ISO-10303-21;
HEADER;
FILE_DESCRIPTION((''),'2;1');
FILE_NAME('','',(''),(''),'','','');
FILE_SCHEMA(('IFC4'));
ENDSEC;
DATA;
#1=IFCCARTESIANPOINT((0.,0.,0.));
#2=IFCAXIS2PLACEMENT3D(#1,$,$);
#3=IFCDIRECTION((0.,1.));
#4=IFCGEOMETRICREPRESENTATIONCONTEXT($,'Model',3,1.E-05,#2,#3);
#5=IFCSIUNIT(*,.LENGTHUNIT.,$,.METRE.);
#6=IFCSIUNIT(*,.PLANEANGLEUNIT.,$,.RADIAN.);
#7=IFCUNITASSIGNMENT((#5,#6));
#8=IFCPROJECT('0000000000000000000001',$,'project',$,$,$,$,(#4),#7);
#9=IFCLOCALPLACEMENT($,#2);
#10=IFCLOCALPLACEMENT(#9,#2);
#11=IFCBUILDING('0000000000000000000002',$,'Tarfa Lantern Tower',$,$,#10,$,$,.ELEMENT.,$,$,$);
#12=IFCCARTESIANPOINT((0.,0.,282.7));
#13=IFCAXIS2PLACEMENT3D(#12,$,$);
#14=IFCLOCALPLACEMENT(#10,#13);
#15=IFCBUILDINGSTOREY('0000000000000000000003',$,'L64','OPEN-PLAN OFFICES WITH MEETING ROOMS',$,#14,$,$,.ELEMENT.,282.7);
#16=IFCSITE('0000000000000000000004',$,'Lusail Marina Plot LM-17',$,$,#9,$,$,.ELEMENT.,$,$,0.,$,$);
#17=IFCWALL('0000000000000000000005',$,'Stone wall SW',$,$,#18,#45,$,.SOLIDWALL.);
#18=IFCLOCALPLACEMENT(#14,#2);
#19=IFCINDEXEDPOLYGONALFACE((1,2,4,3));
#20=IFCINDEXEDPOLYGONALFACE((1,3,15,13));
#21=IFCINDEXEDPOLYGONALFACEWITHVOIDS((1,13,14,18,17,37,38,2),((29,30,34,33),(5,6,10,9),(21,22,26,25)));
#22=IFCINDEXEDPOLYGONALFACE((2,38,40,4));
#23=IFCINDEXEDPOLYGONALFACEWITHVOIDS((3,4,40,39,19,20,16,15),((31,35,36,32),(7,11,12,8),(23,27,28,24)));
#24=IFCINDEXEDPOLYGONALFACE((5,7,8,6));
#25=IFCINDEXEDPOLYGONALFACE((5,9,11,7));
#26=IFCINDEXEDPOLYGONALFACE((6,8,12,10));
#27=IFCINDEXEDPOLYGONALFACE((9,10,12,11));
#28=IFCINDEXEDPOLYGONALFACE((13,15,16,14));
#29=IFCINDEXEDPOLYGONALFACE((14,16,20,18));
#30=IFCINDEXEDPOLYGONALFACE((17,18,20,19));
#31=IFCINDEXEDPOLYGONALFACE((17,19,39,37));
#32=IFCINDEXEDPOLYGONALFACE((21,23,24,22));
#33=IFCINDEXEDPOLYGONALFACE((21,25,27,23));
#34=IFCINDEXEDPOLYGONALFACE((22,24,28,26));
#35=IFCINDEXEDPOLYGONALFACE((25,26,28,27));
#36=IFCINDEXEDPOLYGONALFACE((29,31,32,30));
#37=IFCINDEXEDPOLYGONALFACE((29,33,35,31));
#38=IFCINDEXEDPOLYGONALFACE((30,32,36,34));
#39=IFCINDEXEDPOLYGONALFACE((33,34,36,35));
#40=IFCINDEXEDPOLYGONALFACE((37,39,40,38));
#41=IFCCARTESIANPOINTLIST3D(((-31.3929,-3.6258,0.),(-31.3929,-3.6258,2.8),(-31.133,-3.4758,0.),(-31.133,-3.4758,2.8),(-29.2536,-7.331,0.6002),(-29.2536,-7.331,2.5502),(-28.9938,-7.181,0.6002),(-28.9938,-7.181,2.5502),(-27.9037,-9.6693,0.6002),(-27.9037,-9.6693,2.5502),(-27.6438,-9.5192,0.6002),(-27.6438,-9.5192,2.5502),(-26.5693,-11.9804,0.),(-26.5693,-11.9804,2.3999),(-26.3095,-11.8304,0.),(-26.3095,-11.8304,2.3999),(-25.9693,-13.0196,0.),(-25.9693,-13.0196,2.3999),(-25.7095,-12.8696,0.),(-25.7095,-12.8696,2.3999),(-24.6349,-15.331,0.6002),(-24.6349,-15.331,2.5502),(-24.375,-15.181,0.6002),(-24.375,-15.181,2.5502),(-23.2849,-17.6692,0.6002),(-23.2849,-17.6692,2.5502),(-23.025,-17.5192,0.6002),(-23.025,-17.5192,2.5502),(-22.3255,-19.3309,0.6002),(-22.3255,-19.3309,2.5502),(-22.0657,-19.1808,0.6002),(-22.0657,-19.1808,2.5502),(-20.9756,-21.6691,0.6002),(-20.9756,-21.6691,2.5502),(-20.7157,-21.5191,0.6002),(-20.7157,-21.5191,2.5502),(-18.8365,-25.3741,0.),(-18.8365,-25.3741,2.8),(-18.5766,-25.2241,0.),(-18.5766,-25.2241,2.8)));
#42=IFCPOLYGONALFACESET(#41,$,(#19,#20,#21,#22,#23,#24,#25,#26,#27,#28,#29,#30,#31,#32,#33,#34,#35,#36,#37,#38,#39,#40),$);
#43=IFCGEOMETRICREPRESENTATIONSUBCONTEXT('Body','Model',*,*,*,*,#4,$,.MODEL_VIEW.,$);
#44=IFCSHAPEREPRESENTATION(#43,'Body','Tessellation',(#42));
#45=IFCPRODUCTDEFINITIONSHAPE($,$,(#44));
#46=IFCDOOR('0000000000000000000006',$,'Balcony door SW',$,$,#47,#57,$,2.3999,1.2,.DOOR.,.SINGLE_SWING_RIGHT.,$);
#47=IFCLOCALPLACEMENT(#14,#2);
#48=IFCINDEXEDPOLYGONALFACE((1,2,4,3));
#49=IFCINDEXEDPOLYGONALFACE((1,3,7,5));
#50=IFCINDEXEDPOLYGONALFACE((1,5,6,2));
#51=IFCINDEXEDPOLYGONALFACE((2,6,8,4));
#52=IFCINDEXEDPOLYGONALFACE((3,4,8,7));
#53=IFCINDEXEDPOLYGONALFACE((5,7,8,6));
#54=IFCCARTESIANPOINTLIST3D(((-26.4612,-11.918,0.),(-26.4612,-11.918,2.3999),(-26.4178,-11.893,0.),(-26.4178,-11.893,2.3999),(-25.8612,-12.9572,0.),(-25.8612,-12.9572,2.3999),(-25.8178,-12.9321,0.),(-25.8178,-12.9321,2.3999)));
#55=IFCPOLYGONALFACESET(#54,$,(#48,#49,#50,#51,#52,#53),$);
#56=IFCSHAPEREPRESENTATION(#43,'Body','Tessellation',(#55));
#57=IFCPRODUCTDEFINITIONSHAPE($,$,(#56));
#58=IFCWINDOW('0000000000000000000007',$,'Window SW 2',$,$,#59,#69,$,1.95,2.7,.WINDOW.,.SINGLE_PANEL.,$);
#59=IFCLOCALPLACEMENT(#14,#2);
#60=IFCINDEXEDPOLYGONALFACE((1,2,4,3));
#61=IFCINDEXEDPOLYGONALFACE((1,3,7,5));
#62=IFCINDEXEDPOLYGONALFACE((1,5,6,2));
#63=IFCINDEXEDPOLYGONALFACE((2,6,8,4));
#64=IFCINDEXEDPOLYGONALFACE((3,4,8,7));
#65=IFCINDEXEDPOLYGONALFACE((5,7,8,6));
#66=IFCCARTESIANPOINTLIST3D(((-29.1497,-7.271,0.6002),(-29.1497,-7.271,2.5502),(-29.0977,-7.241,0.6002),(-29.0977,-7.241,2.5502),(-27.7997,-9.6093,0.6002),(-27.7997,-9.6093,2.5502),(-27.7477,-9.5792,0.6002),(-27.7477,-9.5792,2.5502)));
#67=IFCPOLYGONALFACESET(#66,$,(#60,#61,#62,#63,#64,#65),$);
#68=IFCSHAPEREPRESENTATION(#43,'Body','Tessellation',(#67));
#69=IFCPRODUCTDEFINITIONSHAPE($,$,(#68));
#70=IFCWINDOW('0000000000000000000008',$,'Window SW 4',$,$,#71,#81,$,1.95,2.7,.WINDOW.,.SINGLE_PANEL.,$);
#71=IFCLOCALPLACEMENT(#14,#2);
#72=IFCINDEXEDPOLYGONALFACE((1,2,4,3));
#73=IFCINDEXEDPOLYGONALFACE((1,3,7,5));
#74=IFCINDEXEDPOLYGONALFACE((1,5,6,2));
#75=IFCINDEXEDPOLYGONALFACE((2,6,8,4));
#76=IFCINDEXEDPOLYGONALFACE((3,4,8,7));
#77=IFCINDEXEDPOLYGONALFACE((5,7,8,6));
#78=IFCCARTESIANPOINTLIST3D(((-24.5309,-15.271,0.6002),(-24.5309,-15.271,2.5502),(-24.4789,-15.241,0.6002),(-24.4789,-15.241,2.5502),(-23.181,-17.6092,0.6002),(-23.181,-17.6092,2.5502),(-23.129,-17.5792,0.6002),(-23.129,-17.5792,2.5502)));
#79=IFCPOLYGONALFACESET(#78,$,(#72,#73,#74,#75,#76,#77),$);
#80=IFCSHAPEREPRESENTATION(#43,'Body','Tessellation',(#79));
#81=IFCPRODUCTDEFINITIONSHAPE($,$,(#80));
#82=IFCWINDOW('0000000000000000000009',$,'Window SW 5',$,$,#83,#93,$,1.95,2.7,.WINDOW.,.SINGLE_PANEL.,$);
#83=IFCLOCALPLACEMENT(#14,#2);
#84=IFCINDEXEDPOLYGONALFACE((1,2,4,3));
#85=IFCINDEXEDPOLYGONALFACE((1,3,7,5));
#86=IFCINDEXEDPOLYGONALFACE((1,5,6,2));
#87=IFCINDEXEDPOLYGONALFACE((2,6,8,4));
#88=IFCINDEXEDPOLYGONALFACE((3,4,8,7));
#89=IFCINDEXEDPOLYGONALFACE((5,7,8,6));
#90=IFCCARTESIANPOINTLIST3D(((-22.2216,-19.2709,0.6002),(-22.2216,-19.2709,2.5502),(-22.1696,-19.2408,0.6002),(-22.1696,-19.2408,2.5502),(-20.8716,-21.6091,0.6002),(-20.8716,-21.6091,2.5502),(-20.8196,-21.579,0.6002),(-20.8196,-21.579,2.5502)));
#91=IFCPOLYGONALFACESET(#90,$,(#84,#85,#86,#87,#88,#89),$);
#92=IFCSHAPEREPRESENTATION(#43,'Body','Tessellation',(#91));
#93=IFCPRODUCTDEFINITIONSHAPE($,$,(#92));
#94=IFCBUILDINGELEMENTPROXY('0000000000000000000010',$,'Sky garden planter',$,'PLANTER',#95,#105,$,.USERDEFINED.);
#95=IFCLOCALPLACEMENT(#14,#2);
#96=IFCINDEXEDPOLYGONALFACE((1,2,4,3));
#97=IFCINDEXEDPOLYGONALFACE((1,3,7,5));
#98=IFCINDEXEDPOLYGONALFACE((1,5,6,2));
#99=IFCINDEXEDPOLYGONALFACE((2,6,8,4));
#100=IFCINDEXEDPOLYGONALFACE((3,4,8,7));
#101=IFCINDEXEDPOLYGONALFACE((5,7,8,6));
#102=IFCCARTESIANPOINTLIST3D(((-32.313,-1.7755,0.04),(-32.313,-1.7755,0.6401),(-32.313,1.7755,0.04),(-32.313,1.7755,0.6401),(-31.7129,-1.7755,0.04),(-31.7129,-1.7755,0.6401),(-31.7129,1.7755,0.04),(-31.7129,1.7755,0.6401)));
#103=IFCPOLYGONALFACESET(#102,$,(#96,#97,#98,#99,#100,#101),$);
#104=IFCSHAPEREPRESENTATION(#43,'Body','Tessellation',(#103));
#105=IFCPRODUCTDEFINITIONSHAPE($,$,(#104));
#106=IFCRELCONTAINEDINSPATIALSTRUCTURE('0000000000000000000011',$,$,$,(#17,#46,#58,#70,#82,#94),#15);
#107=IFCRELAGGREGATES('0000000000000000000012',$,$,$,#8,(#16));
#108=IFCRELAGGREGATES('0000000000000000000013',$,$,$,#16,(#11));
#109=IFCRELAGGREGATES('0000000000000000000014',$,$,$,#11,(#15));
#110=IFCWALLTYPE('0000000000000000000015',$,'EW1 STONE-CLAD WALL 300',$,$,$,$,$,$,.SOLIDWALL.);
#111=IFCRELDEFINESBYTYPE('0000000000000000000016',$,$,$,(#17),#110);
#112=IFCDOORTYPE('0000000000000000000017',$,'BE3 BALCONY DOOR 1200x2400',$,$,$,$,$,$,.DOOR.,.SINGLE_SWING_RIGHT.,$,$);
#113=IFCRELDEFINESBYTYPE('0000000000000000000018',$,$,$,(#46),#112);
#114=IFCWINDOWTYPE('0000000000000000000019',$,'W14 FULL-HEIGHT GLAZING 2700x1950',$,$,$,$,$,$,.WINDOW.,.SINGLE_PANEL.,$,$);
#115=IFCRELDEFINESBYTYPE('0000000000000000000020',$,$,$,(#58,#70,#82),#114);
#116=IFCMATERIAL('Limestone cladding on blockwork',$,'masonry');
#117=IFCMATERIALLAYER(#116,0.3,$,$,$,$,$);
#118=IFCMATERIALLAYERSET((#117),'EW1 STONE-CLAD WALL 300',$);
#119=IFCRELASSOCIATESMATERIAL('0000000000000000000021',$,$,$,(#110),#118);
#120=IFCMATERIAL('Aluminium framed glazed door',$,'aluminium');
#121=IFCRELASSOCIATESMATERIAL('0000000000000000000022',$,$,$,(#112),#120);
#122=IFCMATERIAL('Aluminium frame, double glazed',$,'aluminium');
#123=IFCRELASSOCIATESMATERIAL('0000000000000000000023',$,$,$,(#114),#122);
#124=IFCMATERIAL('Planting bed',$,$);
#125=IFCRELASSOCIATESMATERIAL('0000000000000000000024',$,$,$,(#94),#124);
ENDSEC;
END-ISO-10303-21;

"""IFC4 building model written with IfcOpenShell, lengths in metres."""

from ifc_helpers import new_model, si_unit, direction, frame, frame_2d, origin, origin_2d, place, context, subcontext, project, spatial, rectangle, extrude, material, layer, layer_set, type_object, element, fill, save


model = new_model("IFC4")

# Units and contexts
model_context = context("Model", 3, precision=1e-05, world=origin(), true_north=direction((0.0, 1.0)))
body_context = subcontext(model_context, "Body", "Model", "MODEL_VIEW")
ifc_project = project(units=[si_unit("LENGTHUNIT", "METRE"), si_unit("PLANEANGLEUNIT", "RADIAN")], contexts=[model_context])

# Site, building, storey
site_placement = place(None, origin())
site = spatial("IfcSite", under=ifc_project, at=site_placement, Name="Lusail Marina Plot LM-17", CompositionType="ELEMENT", RefElevation=0.0)
building_placement = place(site_placement, origin())
building = spatial("IfcBuilding", under=site, at=building_placement, Name="Tarfa Lantern Tower", CompositionType="ELEMENT")
storey_placement = place(building_placement, frame((0.0, 0.0, 282.7)))
storey = spatial("IfcBuildingStorey", under=building, at=storey_placement, Name="L64", Description="OPEN-PLAN OFFICES WITH MEETING ROOMS", CompositionType="ELEMENT", Elevation=282.7)

# Wall, openings, door, windows
ifc_material_1 = material(Name="Limestone cladding on blockwork", Category="masonry")
ifc_layer_1 = layer(ifc_material_1, 0.3)
ifc_layer_set_1 = layer_set([ifc_layer_1], Name="EW1 STONE-CLAD WALL 300")
wall_type = type_object("IfcWallType", Name="EW1 STONE-CLAD WALL 300", PredefinedType="SOLIDWALL", material=ifc_layer_set_1)
wall_placement = place(storey_placement, frame((-31.2629, -3.5508, 0.0), z_axis=(0.0, 0.0, 1.0), x_axis=(0.5, -0.866025, 0.0)))
wall = element("IfcWall", 1, at=wall_placement, inside=storey, type_object=wall_type, Name="Stone wall SW", PredefinedType="SOLIDWALL", context=body_context, shape_type="SweptSolid", body=[
    extrude(rectangle(XDim=25.1128, YDim=0.3, at=frame_2d((12.5564, 0.0))), origin(), (0.0, 0.0, 1.0), 2.8),
])
opening_1_placement = place(wall_placement, frame((4.2783, 0.0, 0.6001)))
opening_1 = element("IfcOpeningElement", 2, at=opening_1_placement, cuts=wall, PredefinedType="OPENING", context=body_context, shape_type="SweptSolid", body=[
    extrude(rectangle(XDim=2.7, YDim=1.95, at=frame_2d((1.3501, 0.9751))), frame((0.0, 0.1599, 0.0), z_axis=(0.0, -1.0, 0.0), x_axis=(1.0, 0.0, 0.0)), (0.0, 0.0, 1.0), 0.3201),
])
opening_2_placement = place(wall_placement, frame((9.647, 0.0, 0.0)))
opening_2 = element("IfcOpeningElement", 3, at=opening_2_placement, cuts=wall, PredefinedType="OPENING", context=body_context, shape_type="SweptSolid", body=[
    extrude(rectangle(XDim=1.2, YDim=2.3999, at=frame_2d((0.6001, 1.2))), frame((0.0, 0.1599, 0.0), z_axis=(0.0, -1.0, 0.0), x_axis=(1.0, 0.0, 0.0)), (0.0, 0.0, 1.0), 0.3201),
])
opening_3_placement = place(wall_placement, frame((13.5159, 0.0, 0.6001)))
opening_3 = element("IfcOpeningElement", 4, at=opening_3_placement, cuts=wall, PredefinedType="OPENING", context=body_context, shape_type="SweptSolid", body=[
    extrude(rectangle(XDim=2.7, YDim=1.95, at=frame_2d((1.3501, 0.9751))), frame((0.0, 0.1599, 0.0), z_axis=(0.0, -1.0, 0.0), x_axis=(1.0, 0.0, 0.0)), (0.0, 0.0, 1.0), 0.3201),
])
opening_4_placement = place(wall_placement, frame((18.1345, 0.0, 0.6001)))
opening_4 = element("IfcOpeningElement", 5, at=opening_4_placement, cuts=wall, PredefinedType="OPENING", context=body_context, shape_type="SweptSolid", body=[
    extrude(rectangle(XDim=2.7, YDim=1.95, at=frame_2d((1.3501, 0.9751))), frame((0.0, 0.1599, 0.0), z_axis=(0.0, -1.0, 0.0), x_axis=(1.0, 0.0, 0.0)), (0.0, 0.0, 1.0), 0.3201),
])
ifc_material_2 = material(Name="Aluminium framed glazed door", Category="aluminium")
door_type = type_object("IfcDoorType", Name="BE3 BALCONY DOOR 1200x2400", OperationType="SINGLE_SWING_RIGHT", PredefinedType="DOOR", material=ifc_material_2)
door_placement = place(opening_2_placement, origin())
door = element("IfcDoor", 6, at=door_placement, inside=storey, type_object=door_type, Name="Balcony door SW", OperationType="SINGLE_SWING_RIGHT", OverallHeight=2.3999, OverallWidth=1.2, PredefinedType="DOOR", context=body_context, shape_type="SweptSolid", body=[
    extrude(rectangle(XDim=1.2, YDim=2.3999, at=frame_2d((0.6001, 1.2))), frame((0.0, 0.0249, 0.0), z_axis=(0.0, -1.0, 0.0), x_axis=(1.0, 0.0, 0.0)), (0.0, 0.0, 1.0), 0.05),
])
fill(opening_2, door)
ifc_material_3 = material(Name="Aluminium frame, double glazed", Category="aluminium")
window_type = type_object("IfcWindowType", Name="W14 FULL-HEIGHT GLAZING 2700x1950", PartitioningType="SINGLE_PANEL", PredefinedType="WINDOW", material=ifc_material_3)
window_1_placement = place(opening_1_placement, origin())
window_1 = element("IfcWindow", 7, at=window_1_placement, inside=storey, type_object=window_type, Name="Window SW 2", OverallHeight=1.95, OverallWidth=2.7, PartitioningType="SINGLE_PANEL", PredefinedType="WINDOW", context=body_context, shape_type="SweptSolid", body=[
    extrude(rectangle(XDim=2.7, YDim=1.95, at=frame_2d((1.3501, 0.9751))), frame((0.0, 0.03, 0.0), z_axis=(0.0, -1.0, 0.0), x_axis=(1.0, 0.0, 0.0)), (0.0, 0.0, 1.0), 0.0601),
])
fill(opening_1, window_1)
window_2_placement = place(opening_3_placement, origin())
window_2 = element("IfcWindow", 8, at=window_2_placement, inside=storey, type_object=window_type, Name="Window SW 4", OverallHeight=1.95, OverallWidth=2.7, PartitioningType="SINGLE_PANEL", PredefinedType="WINDOW", context=body_context, shape_type="SweptSolid", body=[
    extrude(rectangle(XDim=2.7, YDim=1.95, at=frame_2d((1.3501, 0.9751))), frame((0.0, 0.03, 0.0), z_axis=(0.0, -1.0, 0.0), x_axis=(1.0, 0.0, 0.0)), (0.0, 0.0, 1.0), 0.0601),
])
fill(opening_3, window_2)
window_3_placement = place(opening_4_placement, origin())
window_3 = element("IfcWindow", 9, at=window_3_placement, inside=storey, type_object=window_type, Name="Window SW 5", OverallHeight=1.95, OverallWidth=2.7, PartitioningType="SINGLE_PANEL", PredefinedType="WINDOW", context=body_context, shape_type="SweptSolid", body=[
    extrude(rectangle(XDim=2.7, YDim=1.95, at=frame_2d((1.3501, 0.9751))), frame((0.0, 0.03, 0.0), z_axis=(0.0, -1.0, 0.0), x_axis=(1.0, 0.0, 0.0)), (0.0, 0.0, 1.0), 0.0601),
])
fill(opening_4, window_3)

# Building element proxy
ifc_material_4 = material(Name="Planting bed")
proxy_placement = place(storey_placement, frame((-32.0129, 0.0, 0.04), z_axis=(0.0, 0.0, 1.0), x_axis=(0.0, -1.0, 0.0)))
element("IfcBuildingElementProxy", 10, at=proxy_placement, inside=storey, material=ifc_material_4, Name="Sky garden planter", ObjectType="PLANTER", PredefinedType="USERDEFINED", context=body_context, shape_type="SweptSolid", body=[
    extrude(rectangle(XDim=3.551, YDim=0.6001, at=origin_2d()), origin(), (0.0, 0.0, 1.0), 0.6001),
])

save(model, "model.ifc")
